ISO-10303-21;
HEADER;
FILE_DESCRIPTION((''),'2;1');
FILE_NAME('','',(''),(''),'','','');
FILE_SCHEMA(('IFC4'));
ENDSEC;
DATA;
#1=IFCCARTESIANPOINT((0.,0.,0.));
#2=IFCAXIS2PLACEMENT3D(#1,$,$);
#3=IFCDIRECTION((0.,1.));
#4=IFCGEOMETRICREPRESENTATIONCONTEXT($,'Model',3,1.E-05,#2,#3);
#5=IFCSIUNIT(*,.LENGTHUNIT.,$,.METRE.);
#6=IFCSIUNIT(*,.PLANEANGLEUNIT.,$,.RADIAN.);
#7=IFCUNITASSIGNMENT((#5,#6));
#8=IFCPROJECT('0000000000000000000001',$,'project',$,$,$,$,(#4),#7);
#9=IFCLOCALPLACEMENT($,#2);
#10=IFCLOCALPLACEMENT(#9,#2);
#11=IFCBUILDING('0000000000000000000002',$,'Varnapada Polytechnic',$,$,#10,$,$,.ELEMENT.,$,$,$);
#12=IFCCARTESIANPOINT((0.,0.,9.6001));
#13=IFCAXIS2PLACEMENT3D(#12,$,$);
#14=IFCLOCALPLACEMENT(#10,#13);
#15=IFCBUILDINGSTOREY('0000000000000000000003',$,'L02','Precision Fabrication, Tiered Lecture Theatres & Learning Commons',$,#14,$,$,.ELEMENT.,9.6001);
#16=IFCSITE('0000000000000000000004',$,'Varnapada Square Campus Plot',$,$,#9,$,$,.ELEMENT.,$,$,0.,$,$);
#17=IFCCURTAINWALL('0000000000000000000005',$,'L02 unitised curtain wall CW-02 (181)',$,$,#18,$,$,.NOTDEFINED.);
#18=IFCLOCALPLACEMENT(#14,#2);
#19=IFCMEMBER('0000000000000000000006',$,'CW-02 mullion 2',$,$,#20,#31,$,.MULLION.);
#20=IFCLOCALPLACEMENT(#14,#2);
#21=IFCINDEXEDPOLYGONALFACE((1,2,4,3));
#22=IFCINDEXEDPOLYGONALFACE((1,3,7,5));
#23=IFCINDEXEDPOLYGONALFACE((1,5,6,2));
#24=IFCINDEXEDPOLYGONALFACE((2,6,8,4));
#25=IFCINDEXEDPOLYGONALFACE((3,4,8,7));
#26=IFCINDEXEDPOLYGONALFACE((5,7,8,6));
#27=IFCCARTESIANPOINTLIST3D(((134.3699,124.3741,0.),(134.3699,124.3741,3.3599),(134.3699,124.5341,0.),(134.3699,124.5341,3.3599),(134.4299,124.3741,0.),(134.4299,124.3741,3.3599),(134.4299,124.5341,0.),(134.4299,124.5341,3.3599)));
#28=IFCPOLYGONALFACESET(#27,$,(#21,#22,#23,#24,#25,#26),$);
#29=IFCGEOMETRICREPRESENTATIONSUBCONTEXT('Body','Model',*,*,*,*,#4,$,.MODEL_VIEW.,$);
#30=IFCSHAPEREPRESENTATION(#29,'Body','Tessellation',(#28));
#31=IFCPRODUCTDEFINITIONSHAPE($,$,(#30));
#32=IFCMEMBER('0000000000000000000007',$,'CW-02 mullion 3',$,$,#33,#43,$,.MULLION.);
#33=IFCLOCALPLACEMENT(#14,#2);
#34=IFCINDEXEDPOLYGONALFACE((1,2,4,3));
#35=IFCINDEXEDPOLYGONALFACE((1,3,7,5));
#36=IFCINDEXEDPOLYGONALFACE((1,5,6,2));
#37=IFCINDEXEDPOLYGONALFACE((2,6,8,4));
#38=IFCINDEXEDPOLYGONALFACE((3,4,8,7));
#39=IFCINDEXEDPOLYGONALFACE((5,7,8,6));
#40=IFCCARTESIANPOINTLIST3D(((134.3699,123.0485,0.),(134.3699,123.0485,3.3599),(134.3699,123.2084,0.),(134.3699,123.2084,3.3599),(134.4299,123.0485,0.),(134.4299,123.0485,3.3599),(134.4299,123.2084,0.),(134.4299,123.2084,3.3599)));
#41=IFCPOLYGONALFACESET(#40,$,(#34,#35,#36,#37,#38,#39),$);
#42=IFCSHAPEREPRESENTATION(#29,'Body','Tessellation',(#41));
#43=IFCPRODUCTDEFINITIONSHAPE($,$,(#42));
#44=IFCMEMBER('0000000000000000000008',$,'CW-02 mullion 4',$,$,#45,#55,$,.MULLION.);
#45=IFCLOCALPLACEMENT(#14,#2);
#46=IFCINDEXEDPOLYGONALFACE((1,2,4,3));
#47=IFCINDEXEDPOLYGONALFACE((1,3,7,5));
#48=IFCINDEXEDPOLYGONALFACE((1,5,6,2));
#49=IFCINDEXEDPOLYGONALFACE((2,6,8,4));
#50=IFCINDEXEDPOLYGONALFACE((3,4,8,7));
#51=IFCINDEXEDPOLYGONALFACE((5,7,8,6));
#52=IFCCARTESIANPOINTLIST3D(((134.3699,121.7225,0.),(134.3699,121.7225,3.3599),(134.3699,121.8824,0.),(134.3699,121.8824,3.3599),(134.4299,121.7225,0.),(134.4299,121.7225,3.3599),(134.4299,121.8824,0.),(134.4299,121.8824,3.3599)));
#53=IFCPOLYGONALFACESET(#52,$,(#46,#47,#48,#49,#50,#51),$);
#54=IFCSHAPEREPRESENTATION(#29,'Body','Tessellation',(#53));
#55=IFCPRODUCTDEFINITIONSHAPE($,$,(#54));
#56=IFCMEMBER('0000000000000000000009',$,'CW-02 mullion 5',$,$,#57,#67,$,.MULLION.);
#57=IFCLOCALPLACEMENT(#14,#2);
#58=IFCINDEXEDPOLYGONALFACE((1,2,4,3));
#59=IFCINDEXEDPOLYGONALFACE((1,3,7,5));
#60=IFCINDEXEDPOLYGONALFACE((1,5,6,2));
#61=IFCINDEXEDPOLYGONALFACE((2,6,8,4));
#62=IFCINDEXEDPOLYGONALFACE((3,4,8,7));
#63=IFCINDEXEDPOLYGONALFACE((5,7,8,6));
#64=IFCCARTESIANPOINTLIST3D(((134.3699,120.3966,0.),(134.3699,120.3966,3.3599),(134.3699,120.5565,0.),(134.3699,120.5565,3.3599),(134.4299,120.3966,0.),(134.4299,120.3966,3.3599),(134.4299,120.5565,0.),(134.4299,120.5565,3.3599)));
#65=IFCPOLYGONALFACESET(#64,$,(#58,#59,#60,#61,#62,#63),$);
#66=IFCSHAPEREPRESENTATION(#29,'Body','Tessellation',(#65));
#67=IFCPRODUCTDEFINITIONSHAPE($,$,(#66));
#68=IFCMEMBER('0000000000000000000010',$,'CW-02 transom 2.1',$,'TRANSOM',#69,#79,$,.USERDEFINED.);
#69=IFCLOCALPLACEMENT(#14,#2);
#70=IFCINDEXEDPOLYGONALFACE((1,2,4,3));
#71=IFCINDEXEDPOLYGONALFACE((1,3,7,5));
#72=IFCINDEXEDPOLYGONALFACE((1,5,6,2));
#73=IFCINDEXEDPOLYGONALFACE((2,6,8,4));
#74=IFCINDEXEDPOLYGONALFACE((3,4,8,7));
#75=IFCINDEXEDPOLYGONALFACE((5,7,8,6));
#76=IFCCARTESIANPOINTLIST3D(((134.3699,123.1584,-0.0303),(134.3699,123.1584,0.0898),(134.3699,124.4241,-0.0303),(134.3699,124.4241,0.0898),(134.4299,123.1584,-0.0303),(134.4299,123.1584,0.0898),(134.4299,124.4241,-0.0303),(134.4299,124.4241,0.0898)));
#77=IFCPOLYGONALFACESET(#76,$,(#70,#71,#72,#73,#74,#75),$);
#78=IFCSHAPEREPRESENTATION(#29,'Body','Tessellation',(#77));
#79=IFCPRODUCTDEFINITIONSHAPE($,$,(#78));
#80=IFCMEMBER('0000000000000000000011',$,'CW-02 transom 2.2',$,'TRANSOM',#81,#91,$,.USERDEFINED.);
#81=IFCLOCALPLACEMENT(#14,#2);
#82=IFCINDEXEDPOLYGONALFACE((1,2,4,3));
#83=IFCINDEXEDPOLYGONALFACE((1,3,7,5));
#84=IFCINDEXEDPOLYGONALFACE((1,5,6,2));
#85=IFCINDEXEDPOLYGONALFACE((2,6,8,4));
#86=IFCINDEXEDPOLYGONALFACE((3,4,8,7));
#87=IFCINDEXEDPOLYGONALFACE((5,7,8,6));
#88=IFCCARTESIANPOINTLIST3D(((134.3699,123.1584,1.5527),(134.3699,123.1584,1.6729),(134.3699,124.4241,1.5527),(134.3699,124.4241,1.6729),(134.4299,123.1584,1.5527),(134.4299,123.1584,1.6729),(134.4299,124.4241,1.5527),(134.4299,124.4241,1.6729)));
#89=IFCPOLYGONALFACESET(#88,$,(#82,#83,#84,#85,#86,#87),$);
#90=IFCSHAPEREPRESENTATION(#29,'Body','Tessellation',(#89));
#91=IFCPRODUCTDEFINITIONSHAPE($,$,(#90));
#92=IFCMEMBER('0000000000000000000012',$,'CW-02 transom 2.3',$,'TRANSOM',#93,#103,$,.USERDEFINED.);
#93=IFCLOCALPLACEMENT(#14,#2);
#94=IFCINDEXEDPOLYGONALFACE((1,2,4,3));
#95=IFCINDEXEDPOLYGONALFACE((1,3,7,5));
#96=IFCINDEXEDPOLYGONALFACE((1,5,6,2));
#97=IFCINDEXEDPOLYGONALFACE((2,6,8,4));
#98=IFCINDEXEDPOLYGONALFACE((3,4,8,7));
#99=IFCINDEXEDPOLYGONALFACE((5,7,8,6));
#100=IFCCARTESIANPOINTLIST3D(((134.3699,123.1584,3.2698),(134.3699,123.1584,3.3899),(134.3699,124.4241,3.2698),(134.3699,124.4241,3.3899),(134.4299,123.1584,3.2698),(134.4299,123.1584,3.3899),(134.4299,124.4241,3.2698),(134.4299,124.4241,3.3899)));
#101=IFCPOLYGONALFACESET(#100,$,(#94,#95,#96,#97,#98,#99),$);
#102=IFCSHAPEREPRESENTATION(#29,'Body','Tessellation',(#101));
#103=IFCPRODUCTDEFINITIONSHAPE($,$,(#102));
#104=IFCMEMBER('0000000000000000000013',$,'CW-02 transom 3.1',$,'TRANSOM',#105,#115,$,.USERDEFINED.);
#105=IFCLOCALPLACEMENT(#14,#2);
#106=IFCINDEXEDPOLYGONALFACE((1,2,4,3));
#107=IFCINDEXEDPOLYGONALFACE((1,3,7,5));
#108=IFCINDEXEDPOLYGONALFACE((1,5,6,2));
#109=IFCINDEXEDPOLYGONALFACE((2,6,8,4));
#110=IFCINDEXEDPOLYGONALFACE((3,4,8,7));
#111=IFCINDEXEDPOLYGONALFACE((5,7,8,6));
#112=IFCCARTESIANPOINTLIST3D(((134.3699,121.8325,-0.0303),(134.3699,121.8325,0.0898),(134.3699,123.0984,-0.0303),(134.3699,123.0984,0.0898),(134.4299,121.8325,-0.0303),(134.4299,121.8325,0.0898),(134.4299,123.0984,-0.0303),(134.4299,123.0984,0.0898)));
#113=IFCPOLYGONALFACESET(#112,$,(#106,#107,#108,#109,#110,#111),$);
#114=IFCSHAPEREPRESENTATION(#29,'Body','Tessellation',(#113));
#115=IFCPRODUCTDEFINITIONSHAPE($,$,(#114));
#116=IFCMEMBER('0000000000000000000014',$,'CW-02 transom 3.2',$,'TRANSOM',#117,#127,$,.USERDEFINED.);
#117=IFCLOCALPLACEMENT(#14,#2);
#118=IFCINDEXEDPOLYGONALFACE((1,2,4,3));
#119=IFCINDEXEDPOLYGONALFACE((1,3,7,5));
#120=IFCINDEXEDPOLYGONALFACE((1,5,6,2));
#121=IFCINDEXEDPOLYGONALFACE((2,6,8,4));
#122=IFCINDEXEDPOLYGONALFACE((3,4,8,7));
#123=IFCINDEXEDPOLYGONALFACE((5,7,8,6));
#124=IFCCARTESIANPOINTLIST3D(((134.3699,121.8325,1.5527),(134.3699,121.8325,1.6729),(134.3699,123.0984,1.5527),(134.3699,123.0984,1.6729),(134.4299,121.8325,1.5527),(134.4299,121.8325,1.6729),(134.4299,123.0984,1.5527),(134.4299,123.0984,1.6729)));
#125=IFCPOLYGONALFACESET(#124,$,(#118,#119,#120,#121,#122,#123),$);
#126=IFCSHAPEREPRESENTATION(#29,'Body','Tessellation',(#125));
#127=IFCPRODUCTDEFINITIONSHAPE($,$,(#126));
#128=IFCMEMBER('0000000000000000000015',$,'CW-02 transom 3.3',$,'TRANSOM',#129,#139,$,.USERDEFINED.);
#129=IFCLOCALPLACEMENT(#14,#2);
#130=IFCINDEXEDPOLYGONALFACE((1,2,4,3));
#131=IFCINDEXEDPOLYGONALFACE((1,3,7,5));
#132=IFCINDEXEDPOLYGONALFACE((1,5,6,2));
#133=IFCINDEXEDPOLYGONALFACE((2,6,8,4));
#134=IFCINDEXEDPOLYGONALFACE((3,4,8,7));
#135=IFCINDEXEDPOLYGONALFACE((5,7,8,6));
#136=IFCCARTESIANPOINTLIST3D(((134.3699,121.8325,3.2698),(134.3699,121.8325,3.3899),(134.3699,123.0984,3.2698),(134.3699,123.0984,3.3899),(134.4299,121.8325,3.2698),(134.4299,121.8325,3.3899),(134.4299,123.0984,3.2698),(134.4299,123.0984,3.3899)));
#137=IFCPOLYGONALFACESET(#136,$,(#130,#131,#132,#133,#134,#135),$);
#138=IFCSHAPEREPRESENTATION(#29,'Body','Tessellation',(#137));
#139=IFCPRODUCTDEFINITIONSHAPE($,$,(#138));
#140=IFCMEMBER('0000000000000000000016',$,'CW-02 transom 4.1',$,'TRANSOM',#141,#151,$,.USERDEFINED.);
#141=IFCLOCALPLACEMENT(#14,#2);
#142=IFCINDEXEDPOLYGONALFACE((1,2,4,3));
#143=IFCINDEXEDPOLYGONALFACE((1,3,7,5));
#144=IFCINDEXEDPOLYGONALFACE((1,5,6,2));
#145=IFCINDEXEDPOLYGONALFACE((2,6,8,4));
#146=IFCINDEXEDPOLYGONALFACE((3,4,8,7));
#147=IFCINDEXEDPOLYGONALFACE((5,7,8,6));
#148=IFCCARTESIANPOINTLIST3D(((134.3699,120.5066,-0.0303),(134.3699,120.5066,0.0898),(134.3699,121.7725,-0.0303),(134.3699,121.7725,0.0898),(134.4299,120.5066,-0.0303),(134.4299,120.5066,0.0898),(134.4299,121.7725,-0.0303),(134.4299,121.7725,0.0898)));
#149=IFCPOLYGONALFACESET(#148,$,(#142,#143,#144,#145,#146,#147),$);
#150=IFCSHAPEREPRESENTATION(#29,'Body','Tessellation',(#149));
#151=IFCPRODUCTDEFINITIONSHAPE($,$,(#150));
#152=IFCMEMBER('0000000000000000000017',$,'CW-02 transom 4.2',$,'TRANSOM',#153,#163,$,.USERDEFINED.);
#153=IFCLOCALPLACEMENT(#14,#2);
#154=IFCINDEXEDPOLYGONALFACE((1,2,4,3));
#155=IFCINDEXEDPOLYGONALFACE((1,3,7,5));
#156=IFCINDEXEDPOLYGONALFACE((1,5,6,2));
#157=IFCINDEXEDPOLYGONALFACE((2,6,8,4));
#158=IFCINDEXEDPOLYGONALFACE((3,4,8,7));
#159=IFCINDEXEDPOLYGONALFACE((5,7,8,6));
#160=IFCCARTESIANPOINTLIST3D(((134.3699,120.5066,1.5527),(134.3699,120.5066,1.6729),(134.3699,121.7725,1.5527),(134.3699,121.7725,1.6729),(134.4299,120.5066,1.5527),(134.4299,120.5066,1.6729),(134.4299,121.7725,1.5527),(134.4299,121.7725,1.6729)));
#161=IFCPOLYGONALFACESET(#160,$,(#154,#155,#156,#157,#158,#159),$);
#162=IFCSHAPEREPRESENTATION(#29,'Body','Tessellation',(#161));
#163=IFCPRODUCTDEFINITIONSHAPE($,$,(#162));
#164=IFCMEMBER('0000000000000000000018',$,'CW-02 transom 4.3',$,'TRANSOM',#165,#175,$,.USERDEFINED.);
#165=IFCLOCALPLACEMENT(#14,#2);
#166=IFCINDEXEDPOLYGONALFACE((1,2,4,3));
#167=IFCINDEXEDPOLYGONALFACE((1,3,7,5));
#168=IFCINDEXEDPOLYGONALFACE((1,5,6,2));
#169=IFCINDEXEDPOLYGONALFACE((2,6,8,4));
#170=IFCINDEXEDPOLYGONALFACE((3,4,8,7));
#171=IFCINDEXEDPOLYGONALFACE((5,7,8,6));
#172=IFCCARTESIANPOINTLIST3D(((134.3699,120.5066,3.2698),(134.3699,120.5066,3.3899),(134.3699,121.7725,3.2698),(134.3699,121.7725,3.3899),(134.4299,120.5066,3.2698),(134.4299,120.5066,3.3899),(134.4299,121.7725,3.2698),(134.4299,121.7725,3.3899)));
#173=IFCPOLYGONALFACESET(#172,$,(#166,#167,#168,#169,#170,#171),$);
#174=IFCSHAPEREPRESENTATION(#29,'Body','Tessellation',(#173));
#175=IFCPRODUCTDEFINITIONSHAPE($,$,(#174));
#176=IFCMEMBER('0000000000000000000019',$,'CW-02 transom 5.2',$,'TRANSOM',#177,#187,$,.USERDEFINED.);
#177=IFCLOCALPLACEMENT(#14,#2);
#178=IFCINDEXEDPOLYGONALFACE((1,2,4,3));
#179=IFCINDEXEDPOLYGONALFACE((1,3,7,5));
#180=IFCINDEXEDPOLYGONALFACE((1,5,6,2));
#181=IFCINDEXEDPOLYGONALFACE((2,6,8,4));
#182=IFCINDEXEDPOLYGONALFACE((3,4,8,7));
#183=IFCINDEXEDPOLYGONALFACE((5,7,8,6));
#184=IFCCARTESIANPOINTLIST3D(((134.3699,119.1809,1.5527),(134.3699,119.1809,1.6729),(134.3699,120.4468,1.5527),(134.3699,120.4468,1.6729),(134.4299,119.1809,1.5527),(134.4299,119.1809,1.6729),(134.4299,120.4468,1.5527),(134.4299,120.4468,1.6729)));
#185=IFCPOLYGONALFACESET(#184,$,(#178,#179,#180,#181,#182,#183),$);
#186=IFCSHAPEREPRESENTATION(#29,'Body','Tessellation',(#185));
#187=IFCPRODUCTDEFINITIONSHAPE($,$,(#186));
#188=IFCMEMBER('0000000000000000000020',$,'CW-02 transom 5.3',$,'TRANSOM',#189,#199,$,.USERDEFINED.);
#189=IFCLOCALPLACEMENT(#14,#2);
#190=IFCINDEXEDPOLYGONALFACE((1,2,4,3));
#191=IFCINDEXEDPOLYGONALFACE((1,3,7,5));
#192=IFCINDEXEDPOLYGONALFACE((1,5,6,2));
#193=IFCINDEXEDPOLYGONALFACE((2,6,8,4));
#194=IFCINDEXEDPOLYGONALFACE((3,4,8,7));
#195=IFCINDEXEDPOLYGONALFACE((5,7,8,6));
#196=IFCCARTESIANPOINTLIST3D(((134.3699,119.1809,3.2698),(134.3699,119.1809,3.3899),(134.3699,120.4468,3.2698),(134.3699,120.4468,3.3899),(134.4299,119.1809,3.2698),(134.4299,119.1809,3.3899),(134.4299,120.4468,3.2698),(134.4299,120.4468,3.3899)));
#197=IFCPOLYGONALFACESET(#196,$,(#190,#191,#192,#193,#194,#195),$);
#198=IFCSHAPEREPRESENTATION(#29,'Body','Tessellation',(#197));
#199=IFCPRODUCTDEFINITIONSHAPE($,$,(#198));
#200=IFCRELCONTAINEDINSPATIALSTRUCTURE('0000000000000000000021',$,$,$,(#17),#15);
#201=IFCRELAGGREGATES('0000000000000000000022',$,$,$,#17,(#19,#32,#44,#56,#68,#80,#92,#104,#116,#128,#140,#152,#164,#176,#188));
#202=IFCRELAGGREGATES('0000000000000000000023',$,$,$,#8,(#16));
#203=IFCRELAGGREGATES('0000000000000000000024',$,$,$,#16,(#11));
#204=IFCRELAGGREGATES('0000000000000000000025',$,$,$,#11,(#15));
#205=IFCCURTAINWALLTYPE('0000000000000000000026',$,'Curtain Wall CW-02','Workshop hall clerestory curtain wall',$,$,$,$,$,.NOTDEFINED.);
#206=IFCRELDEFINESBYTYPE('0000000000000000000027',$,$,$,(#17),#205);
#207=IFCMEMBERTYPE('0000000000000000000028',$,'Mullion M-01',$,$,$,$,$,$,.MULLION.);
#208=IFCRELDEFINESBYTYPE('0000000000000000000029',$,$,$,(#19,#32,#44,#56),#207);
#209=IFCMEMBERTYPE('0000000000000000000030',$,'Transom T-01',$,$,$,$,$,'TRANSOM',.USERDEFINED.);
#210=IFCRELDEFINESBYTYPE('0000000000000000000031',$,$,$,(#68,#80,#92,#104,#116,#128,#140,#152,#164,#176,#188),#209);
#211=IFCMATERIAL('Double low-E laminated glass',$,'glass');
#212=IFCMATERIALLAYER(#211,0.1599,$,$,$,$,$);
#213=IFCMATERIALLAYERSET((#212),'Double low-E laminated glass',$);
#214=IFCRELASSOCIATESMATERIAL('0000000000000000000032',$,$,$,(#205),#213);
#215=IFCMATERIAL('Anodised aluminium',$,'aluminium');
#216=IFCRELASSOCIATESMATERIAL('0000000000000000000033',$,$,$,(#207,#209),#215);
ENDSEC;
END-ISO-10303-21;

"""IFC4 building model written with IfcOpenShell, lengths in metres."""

from ifc_helpers import new_model, si_unit, direction, frame, origin, origin_2d, place, context, subcontext, project, spatial, rectangle, extrude, material, layer, layer_set, material_profile, profile_set, type_object, element, aggregate, save


model = new_model("IFC4")

# Units and contexts
model_context = context("Model", 3, precision=1e-05, world=origin(), true_north=direction((0.0, 1.0)))
body_context = subcontext(model_context, "Body", "Model", "MODEL_VIEW")
ifc_project = project(units=[si_unit("LENGTHUNIT", "METRE"), si_unit("PLANEANGLEUNIT", "RADIAN")], contexts=[model_context])

# Site, building, storey
site_placement = place(None, origin())
site = spatial("IfcSite", under=ifc_project, at=site_placement, Name="Varnapada Square Campus Plot", CompositionType="ELEMENT", RefElevation=0.0)
building_placement = place(site_placement, origin())
building = spatial("IfcBuilding", under=site, at=building_placement, Name="Varnapada Polytechnic", CompositionType="ELEMENT")
storey_placement = place(building_placement, frame((0.0, 0.0, 9.6001)))
storey = spatial("IfcBuildingStorey", under=building, at=storey_placement, Name="L02", Description="Precision Fabrication, Tiered Lecture Theatres & Learning Commons", CompositionType="ELEMENT", Elevation=9.6001)

# Curtain wall, members
ifc_material_1 = material(Name="Double low-E laminated glass", Category="glass")
ifc_layer_1 = layer(ifc_material_1, 0.1599)
ifc_layer_set_1 = layer_set([ifc_layer_1], Name="Double low-E laminated glass")
curtain_wall_type = type_object("IfcCurtainWallType", Name="Curtain Wall CW-02", Description="Workshop hall clerestory curtain wall", PredefinedType="NOTDEFINED", material=ifc_layer_set_1)
curtain_wall_placement = place(storey_placement, origin())
curtain_wall = element("IfcCurtainWall", 1, at=curtain_wall_placement, inside=storey, type_object=curtain_wall_type, Name="L02 unitised curtain wall CW-02 (181)", PredefinedType="NOTDEFINED")
ifc_material_2 = material(Name="Anodised aluminium", Category="aluminium")
ifc_material_profile_1 = material_profile(ifc_material_2, rectangle(XDim=0.0601, YDim=0.1599, at=origin_2d()), Name="ALU M60x160")
ifc_profile_set_1 = profile_set([ifc_material_profile_1], Name="Anodised aluminium")
member_type_1 = type_object("IfcMemberType", Name="Mullion M-01", PredefinedType="MULLION", material=ifc_profile_set_1)
member_1_placement = place(storey_placement, frame((134.3999, 124.4541, 0.0), z_axis=(0.0, 0.0, 1.0), x_axis=(1.0, 0.0, 0.0)))
member_1 = element("IfcMember", 2, at=member_1_placement, type_object=member_type_1, Name="CW-02 mullion 2", PredefinedType="MULLION", context=body_context, shape_type="SweptSolid", body=[
    extrude(rectangle(XDim=0.0601, YDim=0.1599, at=origin_2d()), origin(), (0.0, 0.0, 1.0), 3.3599),
])
member_2_placement = place(storey_placement, frame((134.3999, 123.1284, 0.0), z_axis=(0.0, 0.0, 1.0), x_axis=(1.0, 0.0, 0.0)))
member_2 = element("IfcMember", 3, at=member_2_placement, type_object=member_type_1, Name="CW-02 mullion 3", PredefinedType="MULLION", context=body_context, shape_type="SweptSolid", body=[
    extrude(rectangle(XDim=0.0601, YDim=0.1599, at=origin_2d()), origin(), (0.0, 0.0, 1.0), 3.3599),
])
member_3_placement = place(storey_placement, frame((134.3999, 121.8025, 0.0), z_axis=(0.0, 0.0, 1.0), x_axis=(1.0, 0.0, 0.0)))
member_3 = element("IfcMember", 4, at=member_3_placement, type_object=member_type_1, Name="CW-02 mullion 4", PredefinedType="MULLION", context=body_context, shape_type="SweptSolid", body=[
    extrude(rectangle(XDim=0.0601, YDim=0.1599, at=origin_2d()), origin(), (0.0, 0.0, 1.0), 3.3599),
])
member_4_placement = place(storey_placement, frame((134.3999, 120.4766, 0.0), z_axis=(0.0, 0.0, 1.0), x_axis=(1.0, 0.0, 0.0)))
member_4 = element("IfcMember", 5, at=member_4_placement, type_object=member_type_1, Name="CW-02 mullion 5", PredefinedType="MULLION", context=body_context, shape_type="SweptSolid", body=[
    extrude(rectangle(XDim=0.0601, YDim=0.1599, at=origin_2d()), origin(), (0.0, 0.0, 1.0), 3.3599),
])
ifc_material_profile_2 = material_profile(ifc_material_2, rectangle(XDim=0.0601, YDim=0.1201, at=origin_2d()), Name="ALU T60x120")
ifc_profile_set_2 = profile_set([ifc_material_profile_2], Name="Anodised aluminium")
member_type_2 = type_object("IfcMemberType", Name="Transom T-01", ElementType="TRANSOM", PredefinedType="USERDEFINED", material=ifc_profile_set_2)
member_5_placement = place(storey_placement, frame((134.3999, 124.4241, 0.0298), z_axis=(0.0, -1.0, 0.0), x_axis=(1.0, 0.0, 0.0)))
member_5 = element("IfcMember", 6, at=member_5_placement, type_object=member_type_2, Name="CW-02 transom 2.1", ObjectType="TRANSOM", PredefinedType="USERDEFINED", context=body_context, shape_type="SweptSolid", body=[
    extrude(rectangle(XDim=0.0601, YDim=0.1201, at=origin_2d()), origin(), (0.0, 0.0, 1.0), 1.2656),
])
member_6_placement = place(storey_placement, frame((134.3999, 124.4241, 1.6128), z_axis=(0.0, -1.0, 0.0), x_axis=(1.0, 0.0, 0.0)))
member_6 = element("IfcMember", 7, at=member_6_placement, type_object=member_type_2, Name="CW-02 transom 2.2", ObjectType="TRANSOM", PredefinedType="USERDEFINED", context=body_context, shape_type="SweptSolid", body=[
    extrude(rectangle(XDim=0.0601, YDim=0.1201, at=origin_2d()), origin(), (0.0, 0.0, 1.0), 1.2656),
])
member_7_placement = place(storey_placement, frame((134.3999, 124.4241, 3.3298), z_axis=(0.0, -1.0, 0.0), x_axis=(1.0, 0.0, 0.0)))
member_7 = element("IfcMember", 8, at=member_7_placement, type_object=member_type_2, Name="CW-02 transom 2.3", ObjectType="TRANSOM", PredefinedType="USERDEFINED", context=body_context, shape_type="SweptSolid", body=[
    extrude(rectangle(XDim=0.0601, YDim=0.1201, at=origin_2d()), origin(), (0.0, 0.0, 1.0), 1.2656),
])
member_8_placement = place(storey_placement, frame((134.3999, 123.0984, 0.0298), z_axis=(0.0, -1.0, 0.0), x_axis=(1.0, 0.0, 0.0)))
member_8 = element("IfcMember", 9, at=member_8_placement, type_object=member_type_2, Name="CW-02 transom 3.1", ObjectType="TRANSOM", PredefinedType="USERDEFINED", context=body_context, shape_type="SweptSolid", body=[
    extrude(rectangle(XDim=0.0601, YDim=0.1201, at=origin_2d()), origin(), (0.0, 0.0, 1.0), 1.2659),
])
member_9_placement = place(storey_placement, frame((134.3999, 123.0984, 1.6128), z_axis=(0.0, -1.0, 0.0), x_axis=(1.0, 0.0, 0.0)))
member_9 = element("IfcMember", 10, at=member_9_placement, type_object=member_type_2, Name="CW-02 transom 3.2", ObjectType="TRANSOM", PredefinedType="USERDEFINED", context=body_context, shape_type="SweptSolid", body=[
    extrude(rectangle(XDim=0.0601, YDim=0.1201, at=origin_2d()), origin(), (0.0, 0.0, 1.0), 1.2659),
])
member_10_placement = place(storey_placement, frame((134.3999, 123.0984, 3.3298), z_axis=(0.0, -1.0, 0.0), x_axis=(1.0, 0.0, 0.0)))
member_10 = element("IfcMember", 11, at=member_10_placement, type_object=member_type_2, Name="CW-02 transom 3.3", ObjectType="TRANSOM", PredefinedType="USERDEFINED", context=body_context, shape_type="SweptSolid", body=[
    extrude(rectangle(XDim=0.0601, YDim=0.1201, at=origin_2d()), origin(), (0.0, 0.0, 1.0), 1.2659),
])
member_11_placement = place(storey_placement, frame((134.3999, 121.7725, 0.0298), z_axis=(0.0, -1.0, 0.0), x_axis=(1.0, 0.0, 0.0)))
member_11 = element("IfcMember", 12, at=member_11_placement, type_object=member_type_2, Name="CW-02 transom 4.1", ObjectType="TRANSOM", PredefinedType="USERDEFINED", context=body_context, shape_type="SweptSolid", body=[
    extrude(rectangle(XDim=0.0601, YDim=0.1201, at=origin_2d()), origin(), (0.0, 0.0, 1.0), 1.2659),
])
member_12_placement = place(storey_placement, frame((134.3999, 121.7725, 1.6128), z_axis=(0.0, -1.0, 0.0), x_axis=(1.0, 0.0, 0.0)))
member_12 = element("IfcMember", 13, at=member_12_placement, type_object=member_type_2, Name="CW-02 transom 4.2", ObjectType="TRANSOM", PredefinedType="USERDEFINED", context=body_context, shape_type="SweptSolid", body=[
    extrude(rectangle(XDim=0.0601, YDim=0.1201, at=origin_2d()), origin(), (0.0, 0.0, 1.0), 1.2659),
])
member_13_placement = place(storey_placement, frame((134.3999, 121.7725, 3.3298), z_axis=(0.0, -1.0, 0.0), x_axis=(1.0, 0.0, 0.0)))
member_13 = element("IfcMember", 14, at=member_13_placement, type_object=member_type_2, Name="CW-02 transom 4.3", ObjectType="TRANSOM", PredefinedType="USERDEFINED", context=body_context, shape_type="SweptSolid", body=[
    extrude(rectangle(XDim=0.0601, YDim=0.1201, at=origin_2d()), origin(), (0.0, 0.0, 1.0), 1.2659),
])
member_14_placement = place(storey_placement, frame((134.3999, 120.4468, 1.6128), z_axis=(0.0, -1.0, 0.0), x_axis=(1.0, 0.0, 0.0)))
member_14 = element("IfcMember", 15, at=member_14_placement, type_object=member_type_2, Name="CW-02 transom 5.2", ObjectType="TRANSOM", PredefinedType="USERDEFINED", context=body_context, shape_type="SweptSolid", body=[
    extrude(rectangle(XDim=0.0601, YDim=0.1201, at=origin_2d()), origin(), (0.0, 0.0, 1.0), 1.2659),
])
member_15_placement = place(storey_placement, frame((134.3999, 120.4468, 3.3298), z_axis=(0.0, -1.0, 0.0), x_axis=(1.0, 0.0, 0.0)))
member_15 = element("IfcMember", 16, at=member_15_placement, type_object=member_type_2, Name="CW-02 transom 5.3", ObjectType="TRANSOM", PredefinedType="USERDEFINED", context=body_context, shape_type="SweptSolid", body=[
    extrude(rectangle(XDim=0.0601, YDim=0.1201, at=origin_2d()), origin(), (0.0, 0.0, 1.0), 1.2659),
])
aggregate(curtain_wall, [member_1, member_2, member_3, member_4, member_5, member_6, member_7, member_8, member_9, member_10, member_11, member_12, member_13, member_14, member_15])

save(model, "model.ifc")
